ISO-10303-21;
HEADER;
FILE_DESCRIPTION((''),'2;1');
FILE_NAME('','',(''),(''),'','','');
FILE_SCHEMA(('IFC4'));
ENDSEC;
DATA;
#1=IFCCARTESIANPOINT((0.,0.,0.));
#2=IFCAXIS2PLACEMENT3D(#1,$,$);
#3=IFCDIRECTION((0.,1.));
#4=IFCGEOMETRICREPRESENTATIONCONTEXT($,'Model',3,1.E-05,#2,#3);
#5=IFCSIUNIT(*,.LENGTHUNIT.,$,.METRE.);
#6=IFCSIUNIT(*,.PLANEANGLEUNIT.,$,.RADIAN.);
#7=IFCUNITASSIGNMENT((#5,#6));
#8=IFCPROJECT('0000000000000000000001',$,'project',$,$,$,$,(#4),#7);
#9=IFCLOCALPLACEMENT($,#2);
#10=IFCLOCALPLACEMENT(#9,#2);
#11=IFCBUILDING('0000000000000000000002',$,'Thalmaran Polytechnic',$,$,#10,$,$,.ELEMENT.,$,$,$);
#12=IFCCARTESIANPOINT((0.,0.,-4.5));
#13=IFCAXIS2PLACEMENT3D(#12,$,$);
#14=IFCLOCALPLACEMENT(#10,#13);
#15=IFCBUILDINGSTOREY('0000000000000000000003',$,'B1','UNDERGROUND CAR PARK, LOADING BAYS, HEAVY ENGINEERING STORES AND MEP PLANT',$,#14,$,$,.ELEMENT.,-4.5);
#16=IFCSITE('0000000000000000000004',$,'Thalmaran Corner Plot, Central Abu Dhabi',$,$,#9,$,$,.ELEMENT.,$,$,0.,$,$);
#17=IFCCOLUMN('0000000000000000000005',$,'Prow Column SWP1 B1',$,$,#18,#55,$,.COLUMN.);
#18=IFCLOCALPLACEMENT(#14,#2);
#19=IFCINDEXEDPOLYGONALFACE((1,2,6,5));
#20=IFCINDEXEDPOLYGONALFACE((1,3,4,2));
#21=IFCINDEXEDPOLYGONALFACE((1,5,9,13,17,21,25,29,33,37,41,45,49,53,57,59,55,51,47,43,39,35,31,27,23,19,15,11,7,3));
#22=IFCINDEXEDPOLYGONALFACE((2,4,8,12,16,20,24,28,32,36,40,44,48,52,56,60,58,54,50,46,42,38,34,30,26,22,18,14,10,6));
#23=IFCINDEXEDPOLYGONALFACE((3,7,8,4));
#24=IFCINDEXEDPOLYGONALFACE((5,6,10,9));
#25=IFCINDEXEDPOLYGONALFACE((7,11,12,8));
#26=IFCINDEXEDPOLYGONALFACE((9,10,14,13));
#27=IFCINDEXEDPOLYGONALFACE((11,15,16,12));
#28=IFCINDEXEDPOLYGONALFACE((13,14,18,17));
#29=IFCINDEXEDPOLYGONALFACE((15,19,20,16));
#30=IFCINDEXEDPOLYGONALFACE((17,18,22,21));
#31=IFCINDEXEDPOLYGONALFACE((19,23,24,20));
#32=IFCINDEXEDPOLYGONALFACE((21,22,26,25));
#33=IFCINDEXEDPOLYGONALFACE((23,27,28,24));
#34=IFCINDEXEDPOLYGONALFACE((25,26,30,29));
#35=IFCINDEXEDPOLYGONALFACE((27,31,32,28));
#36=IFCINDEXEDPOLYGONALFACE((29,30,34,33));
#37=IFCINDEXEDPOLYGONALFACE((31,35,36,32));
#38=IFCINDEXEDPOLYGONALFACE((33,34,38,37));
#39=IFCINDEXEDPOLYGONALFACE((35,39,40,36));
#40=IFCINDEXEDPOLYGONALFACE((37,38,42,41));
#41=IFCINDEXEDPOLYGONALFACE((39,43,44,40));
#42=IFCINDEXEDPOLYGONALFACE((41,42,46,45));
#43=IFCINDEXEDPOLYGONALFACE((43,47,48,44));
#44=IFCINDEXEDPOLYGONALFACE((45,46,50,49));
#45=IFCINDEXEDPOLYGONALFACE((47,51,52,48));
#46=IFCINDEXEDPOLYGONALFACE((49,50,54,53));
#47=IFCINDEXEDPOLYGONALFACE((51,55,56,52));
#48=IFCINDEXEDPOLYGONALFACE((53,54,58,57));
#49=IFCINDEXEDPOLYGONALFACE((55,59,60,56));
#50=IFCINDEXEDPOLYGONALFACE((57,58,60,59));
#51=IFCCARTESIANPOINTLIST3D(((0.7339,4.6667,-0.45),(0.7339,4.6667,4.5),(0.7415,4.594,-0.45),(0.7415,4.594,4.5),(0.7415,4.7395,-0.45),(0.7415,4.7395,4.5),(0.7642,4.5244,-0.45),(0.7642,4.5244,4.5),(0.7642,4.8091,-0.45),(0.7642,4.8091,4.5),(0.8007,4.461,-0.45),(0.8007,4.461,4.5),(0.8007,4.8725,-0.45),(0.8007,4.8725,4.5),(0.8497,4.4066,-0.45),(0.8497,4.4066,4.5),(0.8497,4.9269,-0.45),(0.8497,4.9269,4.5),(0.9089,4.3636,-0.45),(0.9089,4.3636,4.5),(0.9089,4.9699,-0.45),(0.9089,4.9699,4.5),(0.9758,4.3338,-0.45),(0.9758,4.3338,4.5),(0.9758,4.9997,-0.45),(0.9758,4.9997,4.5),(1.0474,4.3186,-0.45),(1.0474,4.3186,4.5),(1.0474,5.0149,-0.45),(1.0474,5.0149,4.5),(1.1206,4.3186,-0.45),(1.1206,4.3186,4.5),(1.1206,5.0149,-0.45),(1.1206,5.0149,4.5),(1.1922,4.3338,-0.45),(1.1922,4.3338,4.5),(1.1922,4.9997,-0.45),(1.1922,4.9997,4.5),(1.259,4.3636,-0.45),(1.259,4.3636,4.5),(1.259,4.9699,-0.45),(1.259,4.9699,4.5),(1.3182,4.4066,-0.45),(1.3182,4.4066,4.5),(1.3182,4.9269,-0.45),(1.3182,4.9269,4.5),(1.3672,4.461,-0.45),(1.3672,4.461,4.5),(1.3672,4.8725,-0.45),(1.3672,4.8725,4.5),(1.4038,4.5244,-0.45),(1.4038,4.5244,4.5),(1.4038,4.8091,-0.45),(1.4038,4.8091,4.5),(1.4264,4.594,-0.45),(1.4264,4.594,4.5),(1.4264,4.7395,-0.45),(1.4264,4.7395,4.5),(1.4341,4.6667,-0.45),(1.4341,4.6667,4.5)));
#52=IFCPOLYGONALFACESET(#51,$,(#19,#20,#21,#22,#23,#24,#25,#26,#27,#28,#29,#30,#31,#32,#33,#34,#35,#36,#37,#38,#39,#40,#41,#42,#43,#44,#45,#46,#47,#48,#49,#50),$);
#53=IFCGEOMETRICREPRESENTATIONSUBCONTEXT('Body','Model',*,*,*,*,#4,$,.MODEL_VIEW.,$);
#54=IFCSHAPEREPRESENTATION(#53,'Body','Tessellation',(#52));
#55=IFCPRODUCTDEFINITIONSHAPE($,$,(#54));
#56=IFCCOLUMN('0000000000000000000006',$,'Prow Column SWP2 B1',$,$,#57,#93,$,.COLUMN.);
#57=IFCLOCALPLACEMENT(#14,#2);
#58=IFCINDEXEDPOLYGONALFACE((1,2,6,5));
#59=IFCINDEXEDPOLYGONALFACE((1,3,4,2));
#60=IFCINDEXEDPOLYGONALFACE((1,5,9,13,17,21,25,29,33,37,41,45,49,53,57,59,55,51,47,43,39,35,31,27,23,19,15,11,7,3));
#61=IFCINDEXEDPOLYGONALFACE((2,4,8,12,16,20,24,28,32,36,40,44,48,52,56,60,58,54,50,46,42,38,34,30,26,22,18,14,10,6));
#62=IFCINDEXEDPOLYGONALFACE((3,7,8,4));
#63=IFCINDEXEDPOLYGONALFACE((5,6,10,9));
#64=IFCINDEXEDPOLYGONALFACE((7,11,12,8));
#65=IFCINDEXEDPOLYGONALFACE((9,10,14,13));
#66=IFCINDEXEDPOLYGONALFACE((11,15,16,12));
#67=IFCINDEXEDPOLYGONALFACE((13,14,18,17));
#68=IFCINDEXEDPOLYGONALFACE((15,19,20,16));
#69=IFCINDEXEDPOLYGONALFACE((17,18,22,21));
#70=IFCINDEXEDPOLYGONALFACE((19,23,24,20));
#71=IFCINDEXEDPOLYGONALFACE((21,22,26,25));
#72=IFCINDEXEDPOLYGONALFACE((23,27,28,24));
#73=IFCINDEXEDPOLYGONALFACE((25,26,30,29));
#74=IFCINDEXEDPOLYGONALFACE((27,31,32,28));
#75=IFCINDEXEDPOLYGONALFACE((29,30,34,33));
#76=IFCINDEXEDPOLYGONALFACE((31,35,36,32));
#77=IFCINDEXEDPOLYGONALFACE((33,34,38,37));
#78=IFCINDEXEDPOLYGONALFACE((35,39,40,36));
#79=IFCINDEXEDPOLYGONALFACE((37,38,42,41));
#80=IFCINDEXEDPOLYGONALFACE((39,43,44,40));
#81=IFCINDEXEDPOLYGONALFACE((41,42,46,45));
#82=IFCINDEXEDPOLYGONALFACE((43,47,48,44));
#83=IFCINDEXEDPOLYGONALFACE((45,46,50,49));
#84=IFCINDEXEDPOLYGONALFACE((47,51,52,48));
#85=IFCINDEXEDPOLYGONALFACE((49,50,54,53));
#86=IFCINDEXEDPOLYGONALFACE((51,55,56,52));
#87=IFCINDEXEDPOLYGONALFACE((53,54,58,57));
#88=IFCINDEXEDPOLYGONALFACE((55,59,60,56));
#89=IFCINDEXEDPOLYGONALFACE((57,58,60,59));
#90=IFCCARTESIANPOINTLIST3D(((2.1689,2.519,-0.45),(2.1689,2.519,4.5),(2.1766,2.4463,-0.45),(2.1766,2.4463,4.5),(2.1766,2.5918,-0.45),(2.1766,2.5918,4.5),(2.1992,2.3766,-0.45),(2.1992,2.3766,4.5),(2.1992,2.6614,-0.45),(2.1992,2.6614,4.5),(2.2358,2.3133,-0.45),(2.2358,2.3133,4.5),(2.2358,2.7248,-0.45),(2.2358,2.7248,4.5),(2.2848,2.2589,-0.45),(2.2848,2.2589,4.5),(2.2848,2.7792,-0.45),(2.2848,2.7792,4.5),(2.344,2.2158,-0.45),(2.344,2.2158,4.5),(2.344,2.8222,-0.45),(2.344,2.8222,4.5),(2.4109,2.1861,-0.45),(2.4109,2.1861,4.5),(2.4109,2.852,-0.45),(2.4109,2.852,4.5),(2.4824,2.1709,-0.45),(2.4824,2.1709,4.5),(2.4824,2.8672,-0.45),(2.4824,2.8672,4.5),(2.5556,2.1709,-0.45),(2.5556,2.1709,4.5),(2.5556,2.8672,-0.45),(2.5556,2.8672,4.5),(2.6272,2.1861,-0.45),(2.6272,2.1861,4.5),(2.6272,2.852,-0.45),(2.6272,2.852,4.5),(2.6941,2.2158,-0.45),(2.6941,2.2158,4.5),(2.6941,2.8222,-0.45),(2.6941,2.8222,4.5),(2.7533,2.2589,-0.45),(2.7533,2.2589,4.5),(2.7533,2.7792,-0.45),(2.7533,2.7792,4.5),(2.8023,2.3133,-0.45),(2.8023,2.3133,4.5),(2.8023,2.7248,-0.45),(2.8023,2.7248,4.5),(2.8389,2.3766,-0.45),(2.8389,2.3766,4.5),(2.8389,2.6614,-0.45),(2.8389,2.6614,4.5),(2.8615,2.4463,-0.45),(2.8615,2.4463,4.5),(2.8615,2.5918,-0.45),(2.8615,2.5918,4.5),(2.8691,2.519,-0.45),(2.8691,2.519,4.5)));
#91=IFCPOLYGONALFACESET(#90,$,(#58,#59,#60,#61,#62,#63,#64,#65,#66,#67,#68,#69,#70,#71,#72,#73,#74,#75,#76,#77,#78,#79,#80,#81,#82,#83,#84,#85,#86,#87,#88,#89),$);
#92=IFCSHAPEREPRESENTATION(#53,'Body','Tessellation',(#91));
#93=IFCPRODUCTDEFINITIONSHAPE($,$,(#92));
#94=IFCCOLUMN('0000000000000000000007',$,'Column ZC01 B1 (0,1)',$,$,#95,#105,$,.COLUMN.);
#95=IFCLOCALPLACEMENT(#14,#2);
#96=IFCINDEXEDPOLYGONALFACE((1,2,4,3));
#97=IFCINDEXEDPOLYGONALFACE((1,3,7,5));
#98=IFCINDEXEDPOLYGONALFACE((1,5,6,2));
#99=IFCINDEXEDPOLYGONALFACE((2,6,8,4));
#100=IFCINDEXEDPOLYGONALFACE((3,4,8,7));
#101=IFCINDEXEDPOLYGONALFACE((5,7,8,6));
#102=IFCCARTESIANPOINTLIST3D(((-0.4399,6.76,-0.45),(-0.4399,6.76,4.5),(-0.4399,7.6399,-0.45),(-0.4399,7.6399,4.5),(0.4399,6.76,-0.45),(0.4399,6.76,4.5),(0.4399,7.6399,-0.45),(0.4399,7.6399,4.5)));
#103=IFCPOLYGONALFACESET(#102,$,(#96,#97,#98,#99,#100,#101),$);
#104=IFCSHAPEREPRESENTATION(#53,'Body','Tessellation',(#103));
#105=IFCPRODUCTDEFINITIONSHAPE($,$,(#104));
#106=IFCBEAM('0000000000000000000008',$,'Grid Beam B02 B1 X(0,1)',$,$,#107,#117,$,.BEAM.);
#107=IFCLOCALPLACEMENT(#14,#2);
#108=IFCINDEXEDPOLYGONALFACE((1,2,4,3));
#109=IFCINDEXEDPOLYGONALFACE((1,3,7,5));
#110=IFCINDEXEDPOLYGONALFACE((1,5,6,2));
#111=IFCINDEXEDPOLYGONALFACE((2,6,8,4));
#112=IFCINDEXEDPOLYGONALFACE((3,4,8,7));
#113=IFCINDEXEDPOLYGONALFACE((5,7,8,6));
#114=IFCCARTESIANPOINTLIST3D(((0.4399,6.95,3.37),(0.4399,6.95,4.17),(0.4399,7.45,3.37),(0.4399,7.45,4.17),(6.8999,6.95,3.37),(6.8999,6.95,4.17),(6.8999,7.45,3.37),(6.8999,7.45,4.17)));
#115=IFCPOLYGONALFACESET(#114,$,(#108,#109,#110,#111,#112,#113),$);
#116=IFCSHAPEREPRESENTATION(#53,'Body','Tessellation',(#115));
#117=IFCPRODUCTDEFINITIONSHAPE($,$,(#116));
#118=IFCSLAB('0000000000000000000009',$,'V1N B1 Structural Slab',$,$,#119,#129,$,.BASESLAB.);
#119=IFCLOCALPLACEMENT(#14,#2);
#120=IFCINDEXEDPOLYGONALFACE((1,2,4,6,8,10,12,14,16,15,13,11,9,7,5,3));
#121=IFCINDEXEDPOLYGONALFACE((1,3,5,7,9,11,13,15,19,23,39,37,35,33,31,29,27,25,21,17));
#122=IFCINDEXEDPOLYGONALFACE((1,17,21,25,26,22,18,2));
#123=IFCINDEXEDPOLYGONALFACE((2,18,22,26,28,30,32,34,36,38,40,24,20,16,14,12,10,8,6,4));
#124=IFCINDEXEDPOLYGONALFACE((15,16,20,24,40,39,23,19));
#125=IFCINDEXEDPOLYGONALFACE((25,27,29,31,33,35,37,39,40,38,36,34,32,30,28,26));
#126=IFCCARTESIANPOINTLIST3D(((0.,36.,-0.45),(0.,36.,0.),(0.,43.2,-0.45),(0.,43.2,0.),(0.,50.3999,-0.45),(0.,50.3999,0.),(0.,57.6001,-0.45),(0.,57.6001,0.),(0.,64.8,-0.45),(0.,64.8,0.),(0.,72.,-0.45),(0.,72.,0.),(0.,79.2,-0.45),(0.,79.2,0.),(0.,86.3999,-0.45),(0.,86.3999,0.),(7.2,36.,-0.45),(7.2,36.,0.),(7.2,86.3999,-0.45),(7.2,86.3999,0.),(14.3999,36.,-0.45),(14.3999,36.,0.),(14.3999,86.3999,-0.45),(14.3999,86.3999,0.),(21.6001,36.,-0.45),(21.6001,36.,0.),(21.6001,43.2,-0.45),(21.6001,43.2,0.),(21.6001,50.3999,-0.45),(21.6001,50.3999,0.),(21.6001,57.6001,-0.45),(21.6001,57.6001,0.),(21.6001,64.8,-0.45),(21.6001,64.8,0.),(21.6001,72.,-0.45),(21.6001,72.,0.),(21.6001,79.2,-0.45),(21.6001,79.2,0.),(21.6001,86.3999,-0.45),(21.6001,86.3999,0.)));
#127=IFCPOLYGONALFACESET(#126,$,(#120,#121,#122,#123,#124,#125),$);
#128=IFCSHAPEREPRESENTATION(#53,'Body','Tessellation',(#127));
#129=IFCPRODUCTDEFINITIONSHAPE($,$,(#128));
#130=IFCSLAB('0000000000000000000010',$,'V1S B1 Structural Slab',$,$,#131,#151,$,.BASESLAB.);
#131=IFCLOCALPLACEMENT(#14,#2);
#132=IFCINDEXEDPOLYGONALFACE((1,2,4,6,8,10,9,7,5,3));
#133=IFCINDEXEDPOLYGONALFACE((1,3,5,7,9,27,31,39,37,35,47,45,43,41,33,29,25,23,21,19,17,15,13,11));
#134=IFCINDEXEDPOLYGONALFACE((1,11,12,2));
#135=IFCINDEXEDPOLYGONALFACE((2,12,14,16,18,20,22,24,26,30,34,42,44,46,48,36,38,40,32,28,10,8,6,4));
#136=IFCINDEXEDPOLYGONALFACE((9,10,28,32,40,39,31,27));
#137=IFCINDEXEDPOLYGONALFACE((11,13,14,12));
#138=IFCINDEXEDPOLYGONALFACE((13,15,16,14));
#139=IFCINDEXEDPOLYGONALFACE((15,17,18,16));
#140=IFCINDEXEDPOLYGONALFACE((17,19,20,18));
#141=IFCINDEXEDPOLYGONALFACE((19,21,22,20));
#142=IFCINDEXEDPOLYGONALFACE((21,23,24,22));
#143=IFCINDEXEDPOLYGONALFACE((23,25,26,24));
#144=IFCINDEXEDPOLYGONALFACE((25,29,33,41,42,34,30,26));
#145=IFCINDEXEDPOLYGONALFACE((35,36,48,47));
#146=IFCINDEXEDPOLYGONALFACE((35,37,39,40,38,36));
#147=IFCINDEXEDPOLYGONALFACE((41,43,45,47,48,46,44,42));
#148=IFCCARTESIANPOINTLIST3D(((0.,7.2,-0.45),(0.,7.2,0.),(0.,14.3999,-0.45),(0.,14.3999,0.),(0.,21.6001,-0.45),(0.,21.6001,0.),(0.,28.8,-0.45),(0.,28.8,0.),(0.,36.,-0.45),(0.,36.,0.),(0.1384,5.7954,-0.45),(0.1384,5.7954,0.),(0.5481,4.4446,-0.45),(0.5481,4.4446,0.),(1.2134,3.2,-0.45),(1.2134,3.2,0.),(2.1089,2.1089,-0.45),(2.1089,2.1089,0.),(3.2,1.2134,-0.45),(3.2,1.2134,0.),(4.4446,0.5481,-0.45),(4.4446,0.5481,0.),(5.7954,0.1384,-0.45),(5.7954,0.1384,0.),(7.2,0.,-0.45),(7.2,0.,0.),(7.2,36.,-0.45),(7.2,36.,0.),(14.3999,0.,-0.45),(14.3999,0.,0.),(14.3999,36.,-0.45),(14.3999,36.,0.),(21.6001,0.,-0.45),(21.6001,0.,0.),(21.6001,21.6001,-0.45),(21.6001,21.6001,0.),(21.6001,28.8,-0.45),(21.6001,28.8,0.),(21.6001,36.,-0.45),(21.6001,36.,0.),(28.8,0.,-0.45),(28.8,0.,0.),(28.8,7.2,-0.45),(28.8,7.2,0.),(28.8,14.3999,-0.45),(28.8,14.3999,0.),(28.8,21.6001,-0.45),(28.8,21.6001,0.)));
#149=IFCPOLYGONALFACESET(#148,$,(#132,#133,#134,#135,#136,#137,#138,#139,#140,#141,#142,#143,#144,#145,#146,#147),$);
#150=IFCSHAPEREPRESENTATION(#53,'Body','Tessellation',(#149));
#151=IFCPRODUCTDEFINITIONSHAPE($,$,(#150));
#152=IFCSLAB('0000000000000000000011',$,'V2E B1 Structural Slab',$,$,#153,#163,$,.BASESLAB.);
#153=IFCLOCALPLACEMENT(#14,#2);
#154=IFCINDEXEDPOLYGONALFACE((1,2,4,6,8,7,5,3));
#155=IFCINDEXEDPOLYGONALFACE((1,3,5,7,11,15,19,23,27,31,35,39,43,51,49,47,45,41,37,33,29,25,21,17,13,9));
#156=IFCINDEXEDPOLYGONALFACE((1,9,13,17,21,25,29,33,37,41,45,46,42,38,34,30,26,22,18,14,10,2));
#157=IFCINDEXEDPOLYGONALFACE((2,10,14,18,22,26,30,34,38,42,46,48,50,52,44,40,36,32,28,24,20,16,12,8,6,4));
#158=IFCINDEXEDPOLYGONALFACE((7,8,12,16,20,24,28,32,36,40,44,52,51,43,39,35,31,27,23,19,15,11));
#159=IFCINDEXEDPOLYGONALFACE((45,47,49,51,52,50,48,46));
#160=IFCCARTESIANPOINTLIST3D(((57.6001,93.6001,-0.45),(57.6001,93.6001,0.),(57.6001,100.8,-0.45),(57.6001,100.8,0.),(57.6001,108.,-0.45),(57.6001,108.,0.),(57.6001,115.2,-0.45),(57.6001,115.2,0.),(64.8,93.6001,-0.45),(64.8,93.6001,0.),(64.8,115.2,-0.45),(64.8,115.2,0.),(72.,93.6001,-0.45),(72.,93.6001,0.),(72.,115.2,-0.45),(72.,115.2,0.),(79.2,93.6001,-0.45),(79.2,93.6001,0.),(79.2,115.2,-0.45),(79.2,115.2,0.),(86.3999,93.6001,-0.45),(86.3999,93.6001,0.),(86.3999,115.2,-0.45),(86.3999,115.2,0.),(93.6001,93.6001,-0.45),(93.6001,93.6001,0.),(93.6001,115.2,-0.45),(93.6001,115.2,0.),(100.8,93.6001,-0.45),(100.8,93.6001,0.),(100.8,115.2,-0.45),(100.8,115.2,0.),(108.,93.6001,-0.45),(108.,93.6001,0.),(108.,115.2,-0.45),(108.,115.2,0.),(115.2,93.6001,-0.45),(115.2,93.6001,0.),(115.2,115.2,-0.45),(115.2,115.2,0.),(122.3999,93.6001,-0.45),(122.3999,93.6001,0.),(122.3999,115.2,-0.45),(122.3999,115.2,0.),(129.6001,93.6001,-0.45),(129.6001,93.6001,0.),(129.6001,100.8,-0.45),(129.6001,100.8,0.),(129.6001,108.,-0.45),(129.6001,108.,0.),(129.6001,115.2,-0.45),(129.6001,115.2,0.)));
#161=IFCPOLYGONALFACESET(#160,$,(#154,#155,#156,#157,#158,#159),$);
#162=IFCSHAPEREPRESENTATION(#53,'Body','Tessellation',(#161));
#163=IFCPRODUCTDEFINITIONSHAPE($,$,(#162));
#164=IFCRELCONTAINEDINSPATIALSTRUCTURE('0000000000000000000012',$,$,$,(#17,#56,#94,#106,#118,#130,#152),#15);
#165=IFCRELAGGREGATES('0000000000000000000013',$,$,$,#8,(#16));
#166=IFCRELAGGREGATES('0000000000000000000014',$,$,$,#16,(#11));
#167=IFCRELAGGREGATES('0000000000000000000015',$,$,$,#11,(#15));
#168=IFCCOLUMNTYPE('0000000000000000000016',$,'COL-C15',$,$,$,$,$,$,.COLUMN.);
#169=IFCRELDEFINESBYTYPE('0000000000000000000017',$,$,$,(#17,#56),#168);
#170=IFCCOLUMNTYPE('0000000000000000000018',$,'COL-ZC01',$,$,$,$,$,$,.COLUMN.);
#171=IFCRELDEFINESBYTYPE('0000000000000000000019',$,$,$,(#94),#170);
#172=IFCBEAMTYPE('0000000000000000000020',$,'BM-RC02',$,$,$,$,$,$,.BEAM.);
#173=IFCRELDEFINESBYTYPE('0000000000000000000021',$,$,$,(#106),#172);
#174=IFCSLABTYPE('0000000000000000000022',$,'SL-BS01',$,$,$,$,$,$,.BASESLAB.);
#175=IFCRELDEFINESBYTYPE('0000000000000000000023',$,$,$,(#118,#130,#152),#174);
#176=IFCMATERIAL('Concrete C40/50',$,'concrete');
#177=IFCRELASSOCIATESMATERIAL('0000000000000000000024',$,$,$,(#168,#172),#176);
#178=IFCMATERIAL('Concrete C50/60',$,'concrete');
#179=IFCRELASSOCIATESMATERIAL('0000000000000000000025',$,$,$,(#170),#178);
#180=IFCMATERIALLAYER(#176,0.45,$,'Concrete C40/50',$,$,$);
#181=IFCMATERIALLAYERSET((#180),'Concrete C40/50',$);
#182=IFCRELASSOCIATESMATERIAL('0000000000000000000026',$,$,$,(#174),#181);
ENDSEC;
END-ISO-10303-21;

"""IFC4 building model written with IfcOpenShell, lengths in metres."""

from ifc_helpers import new_model, si_unit, direction, frame, origin, origin_2d, place, context, subcontext, project, spatial, polyline, rectangle, circle, outline, extrude, material, layer, layer_set, material_profile, profile_set, type_object, element, save


model = new_model("IFC4")

# Units and contexts
model_context = context("Model", 3, precision=1e-05, world=origin(), true_north=direction((0.0, 1.0)))
body_context = subcontext(model_context, "Body", "Model", "MODEL_VIEW")
ifc_project = project(units=[si_unit("LENGTHUNIT", "METRE"), si_unit("PLANEANGLEUNIT", "RADIAN")], contexts=[model_context])

# Site, building, storey
site_placement = place(None, origin())
site = spatial("IfcSite", under=ifc_project, at=site_placement, Name="Thalmaran Corner Plot, Central Abu Dhabi", CompositionType="ELEMENT", RefElevation=0.0)
building_placement = place(site_placement, origin())
building = spatial("IfcBuilding", under=site, at=building_placement, Name="Thalmaran Polytechnic", CompositionType="ELEMENT")
storey_placement = place(building_placement, frame((0.0, 0.0, -4.5)))
storey = spatial("IfcBuildingStorey", under=building, at=storey_placement, Name="B1", Description="UNDERGROUND CAR PARK, LOADING BAYS, HEAVY ENGINEERING STORES AND MEP PLANT", CompositionType="ELEMENT", Elevation=-4.5)

# Shared definitions
ifc_material_1 = material(Name="Concrete C40/50", Category="concrete")

# Columns
ifc_material_profile_1 = material_profile(ifc_material_1, circle(Radius=0.3501, at=origin_2d()), Name="RC 700 DIA")
ifc_profile_set_1 = profile_set([ifc_material_profile_1], Name="Concrete C40/50")
column_type_1 = type_object("IfcColumnType", Name="COL-C15", PredefinedType="COLUMN", material=ifc_profile_set_1)
for number, where, z_axis, x_axis, name in (
    (1, (1.084, 4.6667, -0.45), (0.0, 0.0, 1.0), (1.0, 0.0, 0.0), "Prow Column SWP1 B1"),
    (2, (2.519, 2.519, -0.45), (0.0, 0.0, 1.0), (1.0, 0.0, 0.0), "Prow Column SWP2 B1"),
):
    element("IfcColumn", number, at=place(storey_placement, frame(where, z_axis=z_axis, x_axis=x_axis)), inside=storey, type_object=column_type_1, Name=name, PredefinedType="COLUMN", context=body_context, shape_type="SweptSolid", body=[
        extrude(circle(Radius=0.3501, at=origin_2d()), origin(), (0.0, 0.0, 1.0), 4.95),
    ])
ifc_material_2 = material(Name="Concrete C50/60", Category="concrete")
ifc_material_profile_2 = material_profile(ifc_material_2, rectangle(XDim=0.8799, YDim=0.8799, at=origin_2d()), Name="RC 880x880")
ifc_profile_set_2 = profile_set([ifc_material_profile_2], Name="Concrete C50/60")
column_type_2 = type_object("IfcColumnType", Name="COL-ZC01", PredefinedType="COLUMN", material=ifc_profile_set_2)
column_placement = place(storey_placement, frame((0.0, 7.2, -0.45), z_axis=(0.0, 0.0, 1.0), x_axis=(1.0, 0.0, 0.0)))
element("IfcColumn", 3, at=column_placement, inside=storey, type_object=column_type_2, Name="Column ZC01 B1 (0,1)", PredefinedType="COLUMN", context=body_context, shape_type="SweptSolid", body=[
    extrude(rectangle(XDim=0.8799, YDim=0.8799, at=origin_2d()), origin(), (0.0, 0.0, 1.0), 4.95),
])

# Beam
ifc_material_profile_3 = material_profile(ifc_material_1, rectangle(XDim=0.5, YDim=0.8, at=origin_2d()), Name="RC 500x800")
ifc_profile_set_3 = profile_set([ifc_material_profile_3], Name="Concrete C40/50")
beam_type = type_object("IfcBeamType", Name="BM-RC02", PredefinedType="BEAM", material=ifc_profile_set_3)
beam_placement = place(storey_placement, frame((0.4399, 7.2, 3.77), z_axis=(1.0, 0.0, 0.0), x_axis=(0.0, 1.0, 0.0)))
element("IfcBeam", 4, at=beam_placement, inside=storey, type_object=beam_type, Name="Grid Beam B02 B1 X(0,1)", PredefinedType="BEAM", context=body_context, shape_type="SweptSolid", body=[
    extrude(rectangle(XDim=0.5, YDim=0.8, at=origin_2d()), origin(), (0.0, 0.0, 1.0), 6.46),
])

# Slabs
ifc_layer_1 = layer(ifc_material_1, 0.45, Name="Concrete C40/50")
ifc_layer_set_1 = layer_set([ifc_layer_1], Name="Concrete C40/50")
slab_type_1 = type_object("IfcSlabType", Name="SL-BS01", PredefinedType="BASESLAB", material=ifc_layer_set_1)
slab_1_placement = place(storey_placement, frame((0.0, 0.0, -0.45)))
element("IfcSlab", 5, at=slab_1_placement, inside=storey, type_object=slab_type_1, Name="V1N B1 Structural Slab", PredefinedType="BASESLAB", context=body_context, shape_type="SweptSolid", body=[
    extrude(outline(polyline([(0.0, 50.3999), (0.0, 57.6001), (0.0, 64.8), (0.0, 72.0), (0.0, 79.2), (0.0, 86.3999), (7.2, 86.3999), (14.3999, 86.3999), (21.6001, 86.3999), (21.6001, 79.2), (21.6001, 72.0), (21.6001, 64.8), (21.6001, 57.6001), (21.6001, 50.3999), (21.6001, 43.2), (21.6001, 36.0), (14.3999, 36.0), (7.2, 36.0), (0.0, 36.0), (0.0, 43.2), (0.0, 50.3999)])), origin(), (0.0, 0.0, 1.0), 0.45),
])
slab_2_placement = place(storey_placement, frame((0.0, 0.0, -0.45)))
element("IfcSlab", 6, at=slab_2_placement, inside=storey, type_object=slab_type_1, Name="V1S B1 Structural Slab", PredefinedType="BASESLAB", context=body_context, shape_type="SweptSolid", body=[
    extrude(outline(polyline([(3.2, 1.2134), (2.1089, 2.1089), (1.2134, 3.2), (0.5481, 4.4446), (0.1384, 5.7954), (0.0, 7.2), (0.0, 14.3999), (0.0, 21.6001), (0.0, 28.8), (0.0, 36.0), (7.2, 36.0), (14.3999, 36.0), (21.6001, 36.0), (21.6001, 28.8), (21.6001, 21.6001), (28.8, 21.6001), (28.8, 14.3999), (28.8, 7.2), (28.8, 0.0), (21.6001, 0.0), (14.3999, 0.0), (7.2, 0.0), (5.7954, 0.1384), (4.4446, 0.5481), (3.2, 1.2134)])), origin(), (0.0, 0.0, 1.0), 0.45),
])
slab_3_placement = place(storey_placement, frame((0.0, 0.0, -0.45)))
element("IfcSlab", 7, at=slab_3_placement, inside=storey, type_object=slab_type_1, Name="V2E B1 Structural Slab", PredefinedType="BASESLAB", context=body_context, shape_type="SweptSolid", body=[
    extrude(outline(polyline([(57.6001, 115.2), (64.8, 115.2), (72.0, 115.2), (79.2, 115.2), (86.3999, 115.2), (93.6001, 115.2), (100.8, 115.2), (108.0, 115.2), (115.2, 115.2), (122.3999, 115.2), (129.6001, 115.2), (129.6001, 108.0), (129.6001, 100.8), (129.6001, 93.6001), (122.3999, 93.6001), (115.2, 93.6001), (108.0, 93.6001), (100.8, 93.6001), (93.6001, 93.6001), (86.3999, 93.6001), (79.2, 93.6001), (72.0, 93.6001), (64.8, 93.6001), (57.6001, 93.6001), (57.6001, 100.8), (57.6001, 108.0), (57.6001, 115.2)])), origin(), (0.0, 0.0, 1.0), 0.45),
])

save(model, "model.ifc")
